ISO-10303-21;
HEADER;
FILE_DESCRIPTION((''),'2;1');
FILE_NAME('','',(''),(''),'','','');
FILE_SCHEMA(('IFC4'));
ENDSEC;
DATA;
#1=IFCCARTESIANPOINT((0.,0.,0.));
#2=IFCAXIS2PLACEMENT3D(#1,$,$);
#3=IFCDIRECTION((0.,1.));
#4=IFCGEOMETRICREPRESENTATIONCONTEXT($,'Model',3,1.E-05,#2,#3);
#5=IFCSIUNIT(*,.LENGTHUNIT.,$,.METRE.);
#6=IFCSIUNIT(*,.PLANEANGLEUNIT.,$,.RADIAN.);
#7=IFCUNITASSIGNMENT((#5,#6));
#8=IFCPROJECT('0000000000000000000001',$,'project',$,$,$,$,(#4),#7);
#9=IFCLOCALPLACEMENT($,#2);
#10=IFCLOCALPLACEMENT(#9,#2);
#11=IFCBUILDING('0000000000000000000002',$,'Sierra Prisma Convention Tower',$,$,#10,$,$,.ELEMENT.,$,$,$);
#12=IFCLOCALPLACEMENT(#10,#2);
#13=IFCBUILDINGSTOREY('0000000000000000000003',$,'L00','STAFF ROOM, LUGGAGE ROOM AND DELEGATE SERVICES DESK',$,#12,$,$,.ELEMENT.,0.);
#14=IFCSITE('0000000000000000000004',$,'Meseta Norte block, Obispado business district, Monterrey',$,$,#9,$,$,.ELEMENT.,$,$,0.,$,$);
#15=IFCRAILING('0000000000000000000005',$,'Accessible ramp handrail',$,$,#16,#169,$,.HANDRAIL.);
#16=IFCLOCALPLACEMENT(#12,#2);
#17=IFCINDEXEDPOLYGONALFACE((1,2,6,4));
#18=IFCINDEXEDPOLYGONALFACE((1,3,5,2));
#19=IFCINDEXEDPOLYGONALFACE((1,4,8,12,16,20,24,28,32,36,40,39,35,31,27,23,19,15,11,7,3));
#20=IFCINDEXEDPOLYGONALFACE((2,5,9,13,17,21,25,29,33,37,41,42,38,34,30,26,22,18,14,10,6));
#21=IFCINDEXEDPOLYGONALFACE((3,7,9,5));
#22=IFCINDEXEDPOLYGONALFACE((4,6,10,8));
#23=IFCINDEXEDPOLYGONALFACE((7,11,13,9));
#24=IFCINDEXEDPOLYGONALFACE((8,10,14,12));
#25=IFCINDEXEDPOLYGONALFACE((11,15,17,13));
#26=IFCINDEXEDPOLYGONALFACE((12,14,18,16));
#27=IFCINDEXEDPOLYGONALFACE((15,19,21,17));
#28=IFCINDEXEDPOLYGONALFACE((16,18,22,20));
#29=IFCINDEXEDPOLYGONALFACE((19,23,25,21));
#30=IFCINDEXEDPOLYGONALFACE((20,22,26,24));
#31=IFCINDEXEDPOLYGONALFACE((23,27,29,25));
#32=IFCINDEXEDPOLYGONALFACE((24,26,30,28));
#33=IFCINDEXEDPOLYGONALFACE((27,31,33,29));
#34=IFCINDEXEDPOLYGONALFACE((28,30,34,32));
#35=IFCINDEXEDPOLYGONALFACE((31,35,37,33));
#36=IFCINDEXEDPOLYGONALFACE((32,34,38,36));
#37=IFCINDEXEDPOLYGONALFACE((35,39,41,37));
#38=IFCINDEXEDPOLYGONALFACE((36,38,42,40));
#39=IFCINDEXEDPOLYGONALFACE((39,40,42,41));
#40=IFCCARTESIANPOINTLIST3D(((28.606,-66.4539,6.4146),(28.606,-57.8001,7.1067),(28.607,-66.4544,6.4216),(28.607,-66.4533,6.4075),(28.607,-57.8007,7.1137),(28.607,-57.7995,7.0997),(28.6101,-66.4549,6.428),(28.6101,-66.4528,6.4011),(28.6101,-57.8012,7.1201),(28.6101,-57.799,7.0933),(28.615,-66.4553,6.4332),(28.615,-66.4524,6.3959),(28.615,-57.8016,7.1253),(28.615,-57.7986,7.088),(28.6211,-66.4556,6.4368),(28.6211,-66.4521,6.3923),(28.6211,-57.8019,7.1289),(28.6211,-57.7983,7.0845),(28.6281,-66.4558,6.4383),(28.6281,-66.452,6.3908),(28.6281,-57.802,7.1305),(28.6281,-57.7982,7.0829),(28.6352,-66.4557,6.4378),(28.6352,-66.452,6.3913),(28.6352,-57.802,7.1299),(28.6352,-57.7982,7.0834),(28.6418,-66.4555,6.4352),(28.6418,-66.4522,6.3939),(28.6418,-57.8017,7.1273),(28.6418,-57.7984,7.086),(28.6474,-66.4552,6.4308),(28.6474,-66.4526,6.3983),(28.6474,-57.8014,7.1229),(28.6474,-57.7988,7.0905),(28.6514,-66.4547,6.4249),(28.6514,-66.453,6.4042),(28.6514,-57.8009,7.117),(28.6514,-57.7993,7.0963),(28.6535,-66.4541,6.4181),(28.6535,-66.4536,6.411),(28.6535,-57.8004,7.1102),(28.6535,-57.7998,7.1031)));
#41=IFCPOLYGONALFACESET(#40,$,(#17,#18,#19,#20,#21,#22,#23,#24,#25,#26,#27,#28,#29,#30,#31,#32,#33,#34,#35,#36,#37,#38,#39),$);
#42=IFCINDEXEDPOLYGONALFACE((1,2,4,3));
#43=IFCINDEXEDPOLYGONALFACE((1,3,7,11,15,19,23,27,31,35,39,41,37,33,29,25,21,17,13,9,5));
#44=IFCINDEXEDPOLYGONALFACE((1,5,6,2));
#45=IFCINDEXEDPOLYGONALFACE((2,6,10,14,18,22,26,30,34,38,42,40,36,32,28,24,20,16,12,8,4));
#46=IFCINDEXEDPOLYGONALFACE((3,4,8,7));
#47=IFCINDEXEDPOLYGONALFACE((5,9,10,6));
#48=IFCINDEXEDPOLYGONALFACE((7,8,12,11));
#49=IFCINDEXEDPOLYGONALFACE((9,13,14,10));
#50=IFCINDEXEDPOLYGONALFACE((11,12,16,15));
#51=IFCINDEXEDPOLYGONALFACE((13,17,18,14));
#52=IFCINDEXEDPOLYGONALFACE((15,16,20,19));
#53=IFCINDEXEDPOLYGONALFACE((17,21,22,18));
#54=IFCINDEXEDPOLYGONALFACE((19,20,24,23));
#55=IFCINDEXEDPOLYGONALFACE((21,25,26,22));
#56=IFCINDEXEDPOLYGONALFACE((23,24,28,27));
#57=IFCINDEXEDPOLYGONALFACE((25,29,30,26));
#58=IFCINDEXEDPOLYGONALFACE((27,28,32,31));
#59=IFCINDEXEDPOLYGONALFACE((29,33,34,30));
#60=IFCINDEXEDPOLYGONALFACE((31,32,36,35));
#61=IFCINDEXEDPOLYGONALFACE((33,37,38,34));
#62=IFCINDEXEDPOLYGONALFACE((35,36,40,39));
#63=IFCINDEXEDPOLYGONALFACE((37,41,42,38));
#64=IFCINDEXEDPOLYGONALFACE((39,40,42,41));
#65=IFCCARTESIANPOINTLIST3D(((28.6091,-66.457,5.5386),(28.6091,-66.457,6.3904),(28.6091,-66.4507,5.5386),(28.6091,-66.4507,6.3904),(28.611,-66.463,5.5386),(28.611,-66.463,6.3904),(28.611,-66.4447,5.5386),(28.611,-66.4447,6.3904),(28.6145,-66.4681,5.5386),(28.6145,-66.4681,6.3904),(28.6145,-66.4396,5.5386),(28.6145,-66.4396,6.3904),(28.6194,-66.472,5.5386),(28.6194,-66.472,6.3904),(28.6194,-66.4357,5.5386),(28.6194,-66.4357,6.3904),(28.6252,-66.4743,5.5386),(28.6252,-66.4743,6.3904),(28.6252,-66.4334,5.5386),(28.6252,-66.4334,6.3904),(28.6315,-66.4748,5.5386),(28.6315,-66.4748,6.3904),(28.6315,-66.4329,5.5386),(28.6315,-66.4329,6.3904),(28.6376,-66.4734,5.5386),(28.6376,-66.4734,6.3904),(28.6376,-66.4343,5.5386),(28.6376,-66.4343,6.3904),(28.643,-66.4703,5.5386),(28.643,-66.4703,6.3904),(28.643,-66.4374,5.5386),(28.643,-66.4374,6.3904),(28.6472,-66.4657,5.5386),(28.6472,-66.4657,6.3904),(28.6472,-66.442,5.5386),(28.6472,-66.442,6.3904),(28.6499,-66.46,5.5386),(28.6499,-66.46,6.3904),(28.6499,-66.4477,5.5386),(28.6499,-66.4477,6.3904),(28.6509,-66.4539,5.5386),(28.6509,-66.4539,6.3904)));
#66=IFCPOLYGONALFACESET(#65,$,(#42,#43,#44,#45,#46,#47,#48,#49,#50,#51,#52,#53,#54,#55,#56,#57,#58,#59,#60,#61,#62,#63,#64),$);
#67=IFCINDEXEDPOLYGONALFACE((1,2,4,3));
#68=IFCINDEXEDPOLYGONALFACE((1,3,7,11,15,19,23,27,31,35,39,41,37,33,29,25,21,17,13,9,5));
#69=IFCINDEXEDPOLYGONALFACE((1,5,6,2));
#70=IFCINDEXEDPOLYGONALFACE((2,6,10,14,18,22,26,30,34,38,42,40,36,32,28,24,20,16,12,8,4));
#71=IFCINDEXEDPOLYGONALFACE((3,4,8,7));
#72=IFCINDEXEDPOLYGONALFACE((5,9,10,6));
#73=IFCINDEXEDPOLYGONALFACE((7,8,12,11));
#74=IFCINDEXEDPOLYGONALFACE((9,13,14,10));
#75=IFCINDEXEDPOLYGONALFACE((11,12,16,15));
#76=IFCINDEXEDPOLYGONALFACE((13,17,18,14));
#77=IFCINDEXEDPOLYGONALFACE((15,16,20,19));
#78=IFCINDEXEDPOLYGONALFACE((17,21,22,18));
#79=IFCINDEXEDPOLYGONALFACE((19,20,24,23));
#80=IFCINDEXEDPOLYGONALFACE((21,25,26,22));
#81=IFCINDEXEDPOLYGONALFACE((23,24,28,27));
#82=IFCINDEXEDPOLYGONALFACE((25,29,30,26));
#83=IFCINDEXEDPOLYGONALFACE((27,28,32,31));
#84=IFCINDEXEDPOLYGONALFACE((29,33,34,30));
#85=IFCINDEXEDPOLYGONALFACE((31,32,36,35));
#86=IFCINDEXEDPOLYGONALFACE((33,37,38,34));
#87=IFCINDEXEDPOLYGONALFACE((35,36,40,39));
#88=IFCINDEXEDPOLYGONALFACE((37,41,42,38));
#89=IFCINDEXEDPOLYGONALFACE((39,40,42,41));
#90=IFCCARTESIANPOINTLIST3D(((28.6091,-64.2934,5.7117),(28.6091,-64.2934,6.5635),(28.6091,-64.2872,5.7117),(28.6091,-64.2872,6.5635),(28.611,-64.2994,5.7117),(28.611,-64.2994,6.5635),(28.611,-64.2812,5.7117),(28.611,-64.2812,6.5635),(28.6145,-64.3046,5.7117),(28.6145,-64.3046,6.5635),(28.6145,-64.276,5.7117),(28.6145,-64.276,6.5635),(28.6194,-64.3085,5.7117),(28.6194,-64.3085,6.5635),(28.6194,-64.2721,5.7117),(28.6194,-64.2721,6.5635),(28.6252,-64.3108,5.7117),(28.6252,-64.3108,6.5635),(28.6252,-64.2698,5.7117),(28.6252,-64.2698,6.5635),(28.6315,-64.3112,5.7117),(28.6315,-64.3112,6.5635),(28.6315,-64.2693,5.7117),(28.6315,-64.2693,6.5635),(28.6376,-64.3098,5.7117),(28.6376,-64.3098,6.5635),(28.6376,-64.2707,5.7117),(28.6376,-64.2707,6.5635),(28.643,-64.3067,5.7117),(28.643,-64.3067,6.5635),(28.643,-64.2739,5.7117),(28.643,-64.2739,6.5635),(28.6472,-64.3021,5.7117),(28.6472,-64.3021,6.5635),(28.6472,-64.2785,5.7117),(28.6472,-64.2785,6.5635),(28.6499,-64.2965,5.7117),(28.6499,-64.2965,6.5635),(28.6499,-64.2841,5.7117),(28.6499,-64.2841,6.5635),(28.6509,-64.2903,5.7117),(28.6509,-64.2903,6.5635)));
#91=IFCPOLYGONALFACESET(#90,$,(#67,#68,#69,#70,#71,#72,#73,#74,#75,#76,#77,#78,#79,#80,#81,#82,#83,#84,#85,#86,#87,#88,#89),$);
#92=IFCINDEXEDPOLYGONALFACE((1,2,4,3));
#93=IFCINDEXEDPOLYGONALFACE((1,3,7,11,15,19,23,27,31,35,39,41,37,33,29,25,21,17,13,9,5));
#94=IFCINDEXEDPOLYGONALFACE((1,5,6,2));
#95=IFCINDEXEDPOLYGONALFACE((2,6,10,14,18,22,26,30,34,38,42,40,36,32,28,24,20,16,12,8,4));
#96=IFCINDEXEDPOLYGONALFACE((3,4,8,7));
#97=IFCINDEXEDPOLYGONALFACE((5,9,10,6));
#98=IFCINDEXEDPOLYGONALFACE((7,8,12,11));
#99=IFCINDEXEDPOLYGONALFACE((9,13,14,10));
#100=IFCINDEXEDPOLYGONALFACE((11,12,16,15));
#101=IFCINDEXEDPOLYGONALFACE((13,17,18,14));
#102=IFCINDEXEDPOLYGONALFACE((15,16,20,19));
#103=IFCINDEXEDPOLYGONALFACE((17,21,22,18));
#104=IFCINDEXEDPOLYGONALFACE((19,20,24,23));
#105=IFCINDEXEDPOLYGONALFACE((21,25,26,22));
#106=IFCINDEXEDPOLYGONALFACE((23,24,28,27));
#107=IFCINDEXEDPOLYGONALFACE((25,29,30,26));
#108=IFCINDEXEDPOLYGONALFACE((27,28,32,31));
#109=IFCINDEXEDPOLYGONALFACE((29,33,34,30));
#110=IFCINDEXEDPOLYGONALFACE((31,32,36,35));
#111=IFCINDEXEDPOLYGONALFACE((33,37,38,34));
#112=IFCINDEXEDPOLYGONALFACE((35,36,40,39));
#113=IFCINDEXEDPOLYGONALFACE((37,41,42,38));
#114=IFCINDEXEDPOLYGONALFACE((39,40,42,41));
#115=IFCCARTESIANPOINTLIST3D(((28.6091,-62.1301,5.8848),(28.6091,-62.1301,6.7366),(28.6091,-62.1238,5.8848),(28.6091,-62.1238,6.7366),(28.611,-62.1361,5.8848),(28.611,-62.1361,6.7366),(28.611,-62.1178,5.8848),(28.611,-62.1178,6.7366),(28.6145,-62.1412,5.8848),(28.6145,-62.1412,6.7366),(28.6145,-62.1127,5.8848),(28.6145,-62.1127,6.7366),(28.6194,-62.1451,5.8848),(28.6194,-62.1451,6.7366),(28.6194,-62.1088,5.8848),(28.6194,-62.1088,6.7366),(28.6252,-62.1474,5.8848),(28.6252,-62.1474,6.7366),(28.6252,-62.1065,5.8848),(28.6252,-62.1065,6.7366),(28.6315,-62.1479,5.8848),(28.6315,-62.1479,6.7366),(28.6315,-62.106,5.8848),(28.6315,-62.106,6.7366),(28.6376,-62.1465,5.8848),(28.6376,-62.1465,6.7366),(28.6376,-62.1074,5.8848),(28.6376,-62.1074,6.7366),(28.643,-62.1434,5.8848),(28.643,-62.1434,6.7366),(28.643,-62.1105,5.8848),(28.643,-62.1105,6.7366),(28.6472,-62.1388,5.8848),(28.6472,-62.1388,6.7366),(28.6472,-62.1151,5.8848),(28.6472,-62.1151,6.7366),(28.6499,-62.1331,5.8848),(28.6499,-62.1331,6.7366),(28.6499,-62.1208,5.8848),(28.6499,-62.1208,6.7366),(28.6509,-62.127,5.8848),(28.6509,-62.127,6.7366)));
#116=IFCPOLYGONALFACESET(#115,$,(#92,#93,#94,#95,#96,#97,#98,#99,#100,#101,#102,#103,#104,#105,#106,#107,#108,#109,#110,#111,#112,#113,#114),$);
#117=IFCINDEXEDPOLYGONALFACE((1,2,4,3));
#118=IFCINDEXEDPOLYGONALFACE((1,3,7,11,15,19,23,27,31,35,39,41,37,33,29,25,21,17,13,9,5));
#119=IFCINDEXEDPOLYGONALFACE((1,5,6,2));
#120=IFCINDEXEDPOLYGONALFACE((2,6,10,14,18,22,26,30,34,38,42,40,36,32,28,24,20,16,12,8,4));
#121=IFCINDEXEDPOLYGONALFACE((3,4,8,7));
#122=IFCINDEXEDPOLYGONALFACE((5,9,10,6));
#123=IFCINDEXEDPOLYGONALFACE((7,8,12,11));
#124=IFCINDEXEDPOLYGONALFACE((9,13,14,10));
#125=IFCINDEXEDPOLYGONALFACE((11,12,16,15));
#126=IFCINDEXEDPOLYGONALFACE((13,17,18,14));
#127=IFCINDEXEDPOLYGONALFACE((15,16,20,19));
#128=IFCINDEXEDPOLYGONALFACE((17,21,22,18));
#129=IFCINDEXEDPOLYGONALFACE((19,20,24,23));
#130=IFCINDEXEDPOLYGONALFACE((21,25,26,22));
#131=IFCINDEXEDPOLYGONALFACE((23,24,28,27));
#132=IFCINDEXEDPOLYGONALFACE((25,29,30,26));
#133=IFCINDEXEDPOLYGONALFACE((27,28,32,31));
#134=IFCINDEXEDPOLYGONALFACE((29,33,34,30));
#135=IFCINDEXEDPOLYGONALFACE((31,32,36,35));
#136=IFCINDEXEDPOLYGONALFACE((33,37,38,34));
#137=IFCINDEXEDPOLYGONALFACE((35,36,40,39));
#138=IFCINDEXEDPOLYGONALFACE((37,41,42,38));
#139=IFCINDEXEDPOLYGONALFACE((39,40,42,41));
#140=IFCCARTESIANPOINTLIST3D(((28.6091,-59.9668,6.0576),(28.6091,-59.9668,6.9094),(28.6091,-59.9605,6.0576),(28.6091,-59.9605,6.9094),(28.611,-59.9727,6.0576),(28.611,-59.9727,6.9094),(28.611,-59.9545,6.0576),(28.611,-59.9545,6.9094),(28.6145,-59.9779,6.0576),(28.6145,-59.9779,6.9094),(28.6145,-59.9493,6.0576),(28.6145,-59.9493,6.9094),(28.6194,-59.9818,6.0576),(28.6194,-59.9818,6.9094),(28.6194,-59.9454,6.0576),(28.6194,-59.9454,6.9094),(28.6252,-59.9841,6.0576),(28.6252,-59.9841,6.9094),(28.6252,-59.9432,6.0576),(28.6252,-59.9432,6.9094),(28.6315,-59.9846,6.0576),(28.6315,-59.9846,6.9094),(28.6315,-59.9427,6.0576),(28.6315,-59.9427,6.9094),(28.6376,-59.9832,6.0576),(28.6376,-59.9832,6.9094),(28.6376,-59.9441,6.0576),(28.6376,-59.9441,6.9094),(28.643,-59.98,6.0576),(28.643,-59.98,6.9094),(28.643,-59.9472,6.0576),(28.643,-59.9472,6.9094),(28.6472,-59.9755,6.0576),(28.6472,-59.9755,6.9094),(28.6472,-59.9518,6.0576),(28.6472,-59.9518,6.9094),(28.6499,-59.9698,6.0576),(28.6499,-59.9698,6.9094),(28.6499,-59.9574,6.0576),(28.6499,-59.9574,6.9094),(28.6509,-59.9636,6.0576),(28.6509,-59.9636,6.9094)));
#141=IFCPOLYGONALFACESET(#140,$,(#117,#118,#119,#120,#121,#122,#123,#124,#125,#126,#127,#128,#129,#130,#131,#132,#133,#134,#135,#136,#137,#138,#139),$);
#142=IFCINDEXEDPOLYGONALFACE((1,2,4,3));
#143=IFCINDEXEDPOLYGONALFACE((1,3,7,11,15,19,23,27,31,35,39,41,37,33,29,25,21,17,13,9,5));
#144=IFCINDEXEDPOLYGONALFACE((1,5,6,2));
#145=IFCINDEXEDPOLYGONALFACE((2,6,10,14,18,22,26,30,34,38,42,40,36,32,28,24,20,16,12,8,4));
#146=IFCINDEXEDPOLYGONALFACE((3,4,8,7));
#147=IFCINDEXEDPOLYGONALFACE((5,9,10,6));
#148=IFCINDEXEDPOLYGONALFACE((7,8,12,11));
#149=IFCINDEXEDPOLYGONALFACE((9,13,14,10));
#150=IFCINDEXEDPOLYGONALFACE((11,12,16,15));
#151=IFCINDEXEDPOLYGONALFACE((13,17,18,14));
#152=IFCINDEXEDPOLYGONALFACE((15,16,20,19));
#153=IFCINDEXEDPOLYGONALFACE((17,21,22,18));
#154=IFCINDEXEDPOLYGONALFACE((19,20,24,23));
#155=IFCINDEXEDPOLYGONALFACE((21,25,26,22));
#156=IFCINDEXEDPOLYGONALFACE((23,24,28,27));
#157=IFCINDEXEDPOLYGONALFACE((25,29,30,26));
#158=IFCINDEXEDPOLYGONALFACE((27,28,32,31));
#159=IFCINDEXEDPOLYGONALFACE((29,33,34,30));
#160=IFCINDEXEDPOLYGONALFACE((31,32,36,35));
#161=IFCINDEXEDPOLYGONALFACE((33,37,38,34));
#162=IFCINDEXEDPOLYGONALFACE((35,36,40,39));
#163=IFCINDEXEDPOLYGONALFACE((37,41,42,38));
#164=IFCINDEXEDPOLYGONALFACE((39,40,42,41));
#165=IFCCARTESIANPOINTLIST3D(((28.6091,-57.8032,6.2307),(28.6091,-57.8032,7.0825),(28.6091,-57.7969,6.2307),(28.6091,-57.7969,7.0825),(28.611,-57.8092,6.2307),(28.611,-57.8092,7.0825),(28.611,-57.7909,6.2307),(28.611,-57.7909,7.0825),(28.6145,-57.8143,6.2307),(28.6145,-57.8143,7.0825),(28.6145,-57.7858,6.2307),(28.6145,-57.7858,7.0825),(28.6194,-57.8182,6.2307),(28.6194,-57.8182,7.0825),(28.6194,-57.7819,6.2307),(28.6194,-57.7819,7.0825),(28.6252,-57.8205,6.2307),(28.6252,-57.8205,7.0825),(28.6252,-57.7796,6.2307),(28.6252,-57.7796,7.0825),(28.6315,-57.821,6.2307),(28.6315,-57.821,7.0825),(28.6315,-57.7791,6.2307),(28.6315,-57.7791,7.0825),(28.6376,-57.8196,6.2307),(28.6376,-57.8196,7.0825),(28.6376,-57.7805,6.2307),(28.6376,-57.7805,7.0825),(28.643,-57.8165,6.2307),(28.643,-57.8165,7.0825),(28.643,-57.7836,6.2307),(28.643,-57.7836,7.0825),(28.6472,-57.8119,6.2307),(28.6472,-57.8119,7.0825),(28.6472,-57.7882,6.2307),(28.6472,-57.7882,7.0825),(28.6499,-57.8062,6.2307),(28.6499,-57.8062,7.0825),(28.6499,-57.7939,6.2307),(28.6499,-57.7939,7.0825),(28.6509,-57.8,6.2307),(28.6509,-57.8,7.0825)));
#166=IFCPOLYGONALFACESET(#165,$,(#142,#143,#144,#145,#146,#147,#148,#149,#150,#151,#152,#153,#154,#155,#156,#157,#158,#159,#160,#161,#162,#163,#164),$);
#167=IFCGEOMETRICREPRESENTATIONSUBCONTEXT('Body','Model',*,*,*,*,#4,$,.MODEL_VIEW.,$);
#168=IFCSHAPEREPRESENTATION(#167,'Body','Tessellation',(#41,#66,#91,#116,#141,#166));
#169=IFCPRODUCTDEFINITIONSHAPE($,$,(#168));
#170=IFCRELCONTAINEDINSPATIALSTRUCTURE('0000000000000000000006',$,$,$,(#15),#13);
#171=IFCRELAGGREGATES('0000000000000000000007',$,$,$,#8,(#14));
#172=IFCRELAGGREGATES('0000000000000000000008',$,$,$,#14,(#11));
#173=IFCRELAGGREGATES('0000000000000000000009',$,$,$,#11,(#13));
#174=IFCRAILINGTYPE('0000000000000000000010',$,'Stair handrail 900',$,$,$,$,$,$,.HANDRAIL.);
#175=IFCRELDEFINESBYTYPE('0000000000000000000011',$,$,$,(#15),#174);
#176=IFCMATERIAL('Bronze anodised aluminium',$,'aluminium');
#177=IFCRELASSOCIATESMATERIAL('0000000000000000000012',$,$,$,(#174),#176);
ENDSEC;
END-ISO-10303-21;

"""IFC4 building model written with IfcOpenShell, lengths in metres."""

from ifc_helpers import new_model, si_unit, direction, frame, origin, origin_2d, place, context, subcontext, project, spatial, circle, extrude, material, type_object, element, save


model = new_model("IFC4")

# Units and contexts
model_context = context("Model", 3, precision=1e-05, world=origin(), true_north=direction((0.0, 1.0)))
body_context = subcontext(model_context, "Body", "Model", "MODEL_VIEW")
ifc_project = project(units=[si_unit("LENGTHUNIT", "METRE"), si_unit("PLANEANGLEUNIT", "RADIAN")], contexts=[model_context])

# Site, building, storey
site_placement = place(None, origin())
site = spatial("IfcSite", under=ifc_project, at=site_placement, Name="Meseta Norte block, Obispado business district, Monterrey", CompositionType="ELEMENT", RefElevation=0.0)
building_placement = place(site_placement, origin())
building = spatial("IfcBuilding", under=site, at=building_placement, Name="Sierra Prisma Convention Tower", CompositionType="ELEMENT")
storey_placement = place(building_placement, origin())
storey = spatial("IfcBuildingStorey", under=building, at=storey_placement, Name="L00", Description="STAFF ROOM, LUGGAGE ROOM AND DELEGATE SERVICES DESK", CompositionType="ELEMENT", Elevation=0.0)

# Railing
ifc_material_1 = material(Name="Bronze anodised aluminium", Category="aluminium")
railing_type_1 = type_object("IfcRailingType", Name="Stair handrail 900", PredefinedType="HANDRAIL", material=ifc_material_1)
for number, where, name in (
    (1, (28.6299, -66.4539, 5.5386), "Accessible ramp handrail"),
):
    element("IfcRailing", number, at=place(storey_placement, frame(where)), inside=storey, type_object=railing_type_1, Name=name, PredefinedType="HANDRAIL", context=body_context, shape_type="SweptSolid", body=[
        extrude(circle(Radius=0.0239, at=origin_2d()), frame((0.0, 0.0, 0.876), z_axis=(0.0, 0.996817, 0.079726), x_axis=(-1.0, 0.0, 0.0)), (0.0, 0.0, 1.0), 8.6814),
        extrude(circle(Radius=0.021, at=origin_2d()), origin(), (0.0, 0.0, 1.0), 0.8518),
        extrude(circle(Radius=0.021, at=origin_2d()), frame((0.0, 2.1636, 0.1731)), (0.0, 0.0, 1.0), 0.8518),
        extrude(circle(Radius=0.021, at=origin_2d()), frame((0.0, 4.3269, 0.3462)), (0.0, 0.0, 1.0), 0.8518),
        extrude(circle(Radius=0.021, at=origin_2d()), frame((0.0, 6.4902, 0.519)), (0.0, 0.0, 1.0), 0.8518),
        extrude(circle(Radius=0.021, at=origin_2d()), frame((0.0, 8.6538, 0.6921)), (0.0, 0.0, 1.0), 0.8518),
    ])

save(model, "model.ifc")
